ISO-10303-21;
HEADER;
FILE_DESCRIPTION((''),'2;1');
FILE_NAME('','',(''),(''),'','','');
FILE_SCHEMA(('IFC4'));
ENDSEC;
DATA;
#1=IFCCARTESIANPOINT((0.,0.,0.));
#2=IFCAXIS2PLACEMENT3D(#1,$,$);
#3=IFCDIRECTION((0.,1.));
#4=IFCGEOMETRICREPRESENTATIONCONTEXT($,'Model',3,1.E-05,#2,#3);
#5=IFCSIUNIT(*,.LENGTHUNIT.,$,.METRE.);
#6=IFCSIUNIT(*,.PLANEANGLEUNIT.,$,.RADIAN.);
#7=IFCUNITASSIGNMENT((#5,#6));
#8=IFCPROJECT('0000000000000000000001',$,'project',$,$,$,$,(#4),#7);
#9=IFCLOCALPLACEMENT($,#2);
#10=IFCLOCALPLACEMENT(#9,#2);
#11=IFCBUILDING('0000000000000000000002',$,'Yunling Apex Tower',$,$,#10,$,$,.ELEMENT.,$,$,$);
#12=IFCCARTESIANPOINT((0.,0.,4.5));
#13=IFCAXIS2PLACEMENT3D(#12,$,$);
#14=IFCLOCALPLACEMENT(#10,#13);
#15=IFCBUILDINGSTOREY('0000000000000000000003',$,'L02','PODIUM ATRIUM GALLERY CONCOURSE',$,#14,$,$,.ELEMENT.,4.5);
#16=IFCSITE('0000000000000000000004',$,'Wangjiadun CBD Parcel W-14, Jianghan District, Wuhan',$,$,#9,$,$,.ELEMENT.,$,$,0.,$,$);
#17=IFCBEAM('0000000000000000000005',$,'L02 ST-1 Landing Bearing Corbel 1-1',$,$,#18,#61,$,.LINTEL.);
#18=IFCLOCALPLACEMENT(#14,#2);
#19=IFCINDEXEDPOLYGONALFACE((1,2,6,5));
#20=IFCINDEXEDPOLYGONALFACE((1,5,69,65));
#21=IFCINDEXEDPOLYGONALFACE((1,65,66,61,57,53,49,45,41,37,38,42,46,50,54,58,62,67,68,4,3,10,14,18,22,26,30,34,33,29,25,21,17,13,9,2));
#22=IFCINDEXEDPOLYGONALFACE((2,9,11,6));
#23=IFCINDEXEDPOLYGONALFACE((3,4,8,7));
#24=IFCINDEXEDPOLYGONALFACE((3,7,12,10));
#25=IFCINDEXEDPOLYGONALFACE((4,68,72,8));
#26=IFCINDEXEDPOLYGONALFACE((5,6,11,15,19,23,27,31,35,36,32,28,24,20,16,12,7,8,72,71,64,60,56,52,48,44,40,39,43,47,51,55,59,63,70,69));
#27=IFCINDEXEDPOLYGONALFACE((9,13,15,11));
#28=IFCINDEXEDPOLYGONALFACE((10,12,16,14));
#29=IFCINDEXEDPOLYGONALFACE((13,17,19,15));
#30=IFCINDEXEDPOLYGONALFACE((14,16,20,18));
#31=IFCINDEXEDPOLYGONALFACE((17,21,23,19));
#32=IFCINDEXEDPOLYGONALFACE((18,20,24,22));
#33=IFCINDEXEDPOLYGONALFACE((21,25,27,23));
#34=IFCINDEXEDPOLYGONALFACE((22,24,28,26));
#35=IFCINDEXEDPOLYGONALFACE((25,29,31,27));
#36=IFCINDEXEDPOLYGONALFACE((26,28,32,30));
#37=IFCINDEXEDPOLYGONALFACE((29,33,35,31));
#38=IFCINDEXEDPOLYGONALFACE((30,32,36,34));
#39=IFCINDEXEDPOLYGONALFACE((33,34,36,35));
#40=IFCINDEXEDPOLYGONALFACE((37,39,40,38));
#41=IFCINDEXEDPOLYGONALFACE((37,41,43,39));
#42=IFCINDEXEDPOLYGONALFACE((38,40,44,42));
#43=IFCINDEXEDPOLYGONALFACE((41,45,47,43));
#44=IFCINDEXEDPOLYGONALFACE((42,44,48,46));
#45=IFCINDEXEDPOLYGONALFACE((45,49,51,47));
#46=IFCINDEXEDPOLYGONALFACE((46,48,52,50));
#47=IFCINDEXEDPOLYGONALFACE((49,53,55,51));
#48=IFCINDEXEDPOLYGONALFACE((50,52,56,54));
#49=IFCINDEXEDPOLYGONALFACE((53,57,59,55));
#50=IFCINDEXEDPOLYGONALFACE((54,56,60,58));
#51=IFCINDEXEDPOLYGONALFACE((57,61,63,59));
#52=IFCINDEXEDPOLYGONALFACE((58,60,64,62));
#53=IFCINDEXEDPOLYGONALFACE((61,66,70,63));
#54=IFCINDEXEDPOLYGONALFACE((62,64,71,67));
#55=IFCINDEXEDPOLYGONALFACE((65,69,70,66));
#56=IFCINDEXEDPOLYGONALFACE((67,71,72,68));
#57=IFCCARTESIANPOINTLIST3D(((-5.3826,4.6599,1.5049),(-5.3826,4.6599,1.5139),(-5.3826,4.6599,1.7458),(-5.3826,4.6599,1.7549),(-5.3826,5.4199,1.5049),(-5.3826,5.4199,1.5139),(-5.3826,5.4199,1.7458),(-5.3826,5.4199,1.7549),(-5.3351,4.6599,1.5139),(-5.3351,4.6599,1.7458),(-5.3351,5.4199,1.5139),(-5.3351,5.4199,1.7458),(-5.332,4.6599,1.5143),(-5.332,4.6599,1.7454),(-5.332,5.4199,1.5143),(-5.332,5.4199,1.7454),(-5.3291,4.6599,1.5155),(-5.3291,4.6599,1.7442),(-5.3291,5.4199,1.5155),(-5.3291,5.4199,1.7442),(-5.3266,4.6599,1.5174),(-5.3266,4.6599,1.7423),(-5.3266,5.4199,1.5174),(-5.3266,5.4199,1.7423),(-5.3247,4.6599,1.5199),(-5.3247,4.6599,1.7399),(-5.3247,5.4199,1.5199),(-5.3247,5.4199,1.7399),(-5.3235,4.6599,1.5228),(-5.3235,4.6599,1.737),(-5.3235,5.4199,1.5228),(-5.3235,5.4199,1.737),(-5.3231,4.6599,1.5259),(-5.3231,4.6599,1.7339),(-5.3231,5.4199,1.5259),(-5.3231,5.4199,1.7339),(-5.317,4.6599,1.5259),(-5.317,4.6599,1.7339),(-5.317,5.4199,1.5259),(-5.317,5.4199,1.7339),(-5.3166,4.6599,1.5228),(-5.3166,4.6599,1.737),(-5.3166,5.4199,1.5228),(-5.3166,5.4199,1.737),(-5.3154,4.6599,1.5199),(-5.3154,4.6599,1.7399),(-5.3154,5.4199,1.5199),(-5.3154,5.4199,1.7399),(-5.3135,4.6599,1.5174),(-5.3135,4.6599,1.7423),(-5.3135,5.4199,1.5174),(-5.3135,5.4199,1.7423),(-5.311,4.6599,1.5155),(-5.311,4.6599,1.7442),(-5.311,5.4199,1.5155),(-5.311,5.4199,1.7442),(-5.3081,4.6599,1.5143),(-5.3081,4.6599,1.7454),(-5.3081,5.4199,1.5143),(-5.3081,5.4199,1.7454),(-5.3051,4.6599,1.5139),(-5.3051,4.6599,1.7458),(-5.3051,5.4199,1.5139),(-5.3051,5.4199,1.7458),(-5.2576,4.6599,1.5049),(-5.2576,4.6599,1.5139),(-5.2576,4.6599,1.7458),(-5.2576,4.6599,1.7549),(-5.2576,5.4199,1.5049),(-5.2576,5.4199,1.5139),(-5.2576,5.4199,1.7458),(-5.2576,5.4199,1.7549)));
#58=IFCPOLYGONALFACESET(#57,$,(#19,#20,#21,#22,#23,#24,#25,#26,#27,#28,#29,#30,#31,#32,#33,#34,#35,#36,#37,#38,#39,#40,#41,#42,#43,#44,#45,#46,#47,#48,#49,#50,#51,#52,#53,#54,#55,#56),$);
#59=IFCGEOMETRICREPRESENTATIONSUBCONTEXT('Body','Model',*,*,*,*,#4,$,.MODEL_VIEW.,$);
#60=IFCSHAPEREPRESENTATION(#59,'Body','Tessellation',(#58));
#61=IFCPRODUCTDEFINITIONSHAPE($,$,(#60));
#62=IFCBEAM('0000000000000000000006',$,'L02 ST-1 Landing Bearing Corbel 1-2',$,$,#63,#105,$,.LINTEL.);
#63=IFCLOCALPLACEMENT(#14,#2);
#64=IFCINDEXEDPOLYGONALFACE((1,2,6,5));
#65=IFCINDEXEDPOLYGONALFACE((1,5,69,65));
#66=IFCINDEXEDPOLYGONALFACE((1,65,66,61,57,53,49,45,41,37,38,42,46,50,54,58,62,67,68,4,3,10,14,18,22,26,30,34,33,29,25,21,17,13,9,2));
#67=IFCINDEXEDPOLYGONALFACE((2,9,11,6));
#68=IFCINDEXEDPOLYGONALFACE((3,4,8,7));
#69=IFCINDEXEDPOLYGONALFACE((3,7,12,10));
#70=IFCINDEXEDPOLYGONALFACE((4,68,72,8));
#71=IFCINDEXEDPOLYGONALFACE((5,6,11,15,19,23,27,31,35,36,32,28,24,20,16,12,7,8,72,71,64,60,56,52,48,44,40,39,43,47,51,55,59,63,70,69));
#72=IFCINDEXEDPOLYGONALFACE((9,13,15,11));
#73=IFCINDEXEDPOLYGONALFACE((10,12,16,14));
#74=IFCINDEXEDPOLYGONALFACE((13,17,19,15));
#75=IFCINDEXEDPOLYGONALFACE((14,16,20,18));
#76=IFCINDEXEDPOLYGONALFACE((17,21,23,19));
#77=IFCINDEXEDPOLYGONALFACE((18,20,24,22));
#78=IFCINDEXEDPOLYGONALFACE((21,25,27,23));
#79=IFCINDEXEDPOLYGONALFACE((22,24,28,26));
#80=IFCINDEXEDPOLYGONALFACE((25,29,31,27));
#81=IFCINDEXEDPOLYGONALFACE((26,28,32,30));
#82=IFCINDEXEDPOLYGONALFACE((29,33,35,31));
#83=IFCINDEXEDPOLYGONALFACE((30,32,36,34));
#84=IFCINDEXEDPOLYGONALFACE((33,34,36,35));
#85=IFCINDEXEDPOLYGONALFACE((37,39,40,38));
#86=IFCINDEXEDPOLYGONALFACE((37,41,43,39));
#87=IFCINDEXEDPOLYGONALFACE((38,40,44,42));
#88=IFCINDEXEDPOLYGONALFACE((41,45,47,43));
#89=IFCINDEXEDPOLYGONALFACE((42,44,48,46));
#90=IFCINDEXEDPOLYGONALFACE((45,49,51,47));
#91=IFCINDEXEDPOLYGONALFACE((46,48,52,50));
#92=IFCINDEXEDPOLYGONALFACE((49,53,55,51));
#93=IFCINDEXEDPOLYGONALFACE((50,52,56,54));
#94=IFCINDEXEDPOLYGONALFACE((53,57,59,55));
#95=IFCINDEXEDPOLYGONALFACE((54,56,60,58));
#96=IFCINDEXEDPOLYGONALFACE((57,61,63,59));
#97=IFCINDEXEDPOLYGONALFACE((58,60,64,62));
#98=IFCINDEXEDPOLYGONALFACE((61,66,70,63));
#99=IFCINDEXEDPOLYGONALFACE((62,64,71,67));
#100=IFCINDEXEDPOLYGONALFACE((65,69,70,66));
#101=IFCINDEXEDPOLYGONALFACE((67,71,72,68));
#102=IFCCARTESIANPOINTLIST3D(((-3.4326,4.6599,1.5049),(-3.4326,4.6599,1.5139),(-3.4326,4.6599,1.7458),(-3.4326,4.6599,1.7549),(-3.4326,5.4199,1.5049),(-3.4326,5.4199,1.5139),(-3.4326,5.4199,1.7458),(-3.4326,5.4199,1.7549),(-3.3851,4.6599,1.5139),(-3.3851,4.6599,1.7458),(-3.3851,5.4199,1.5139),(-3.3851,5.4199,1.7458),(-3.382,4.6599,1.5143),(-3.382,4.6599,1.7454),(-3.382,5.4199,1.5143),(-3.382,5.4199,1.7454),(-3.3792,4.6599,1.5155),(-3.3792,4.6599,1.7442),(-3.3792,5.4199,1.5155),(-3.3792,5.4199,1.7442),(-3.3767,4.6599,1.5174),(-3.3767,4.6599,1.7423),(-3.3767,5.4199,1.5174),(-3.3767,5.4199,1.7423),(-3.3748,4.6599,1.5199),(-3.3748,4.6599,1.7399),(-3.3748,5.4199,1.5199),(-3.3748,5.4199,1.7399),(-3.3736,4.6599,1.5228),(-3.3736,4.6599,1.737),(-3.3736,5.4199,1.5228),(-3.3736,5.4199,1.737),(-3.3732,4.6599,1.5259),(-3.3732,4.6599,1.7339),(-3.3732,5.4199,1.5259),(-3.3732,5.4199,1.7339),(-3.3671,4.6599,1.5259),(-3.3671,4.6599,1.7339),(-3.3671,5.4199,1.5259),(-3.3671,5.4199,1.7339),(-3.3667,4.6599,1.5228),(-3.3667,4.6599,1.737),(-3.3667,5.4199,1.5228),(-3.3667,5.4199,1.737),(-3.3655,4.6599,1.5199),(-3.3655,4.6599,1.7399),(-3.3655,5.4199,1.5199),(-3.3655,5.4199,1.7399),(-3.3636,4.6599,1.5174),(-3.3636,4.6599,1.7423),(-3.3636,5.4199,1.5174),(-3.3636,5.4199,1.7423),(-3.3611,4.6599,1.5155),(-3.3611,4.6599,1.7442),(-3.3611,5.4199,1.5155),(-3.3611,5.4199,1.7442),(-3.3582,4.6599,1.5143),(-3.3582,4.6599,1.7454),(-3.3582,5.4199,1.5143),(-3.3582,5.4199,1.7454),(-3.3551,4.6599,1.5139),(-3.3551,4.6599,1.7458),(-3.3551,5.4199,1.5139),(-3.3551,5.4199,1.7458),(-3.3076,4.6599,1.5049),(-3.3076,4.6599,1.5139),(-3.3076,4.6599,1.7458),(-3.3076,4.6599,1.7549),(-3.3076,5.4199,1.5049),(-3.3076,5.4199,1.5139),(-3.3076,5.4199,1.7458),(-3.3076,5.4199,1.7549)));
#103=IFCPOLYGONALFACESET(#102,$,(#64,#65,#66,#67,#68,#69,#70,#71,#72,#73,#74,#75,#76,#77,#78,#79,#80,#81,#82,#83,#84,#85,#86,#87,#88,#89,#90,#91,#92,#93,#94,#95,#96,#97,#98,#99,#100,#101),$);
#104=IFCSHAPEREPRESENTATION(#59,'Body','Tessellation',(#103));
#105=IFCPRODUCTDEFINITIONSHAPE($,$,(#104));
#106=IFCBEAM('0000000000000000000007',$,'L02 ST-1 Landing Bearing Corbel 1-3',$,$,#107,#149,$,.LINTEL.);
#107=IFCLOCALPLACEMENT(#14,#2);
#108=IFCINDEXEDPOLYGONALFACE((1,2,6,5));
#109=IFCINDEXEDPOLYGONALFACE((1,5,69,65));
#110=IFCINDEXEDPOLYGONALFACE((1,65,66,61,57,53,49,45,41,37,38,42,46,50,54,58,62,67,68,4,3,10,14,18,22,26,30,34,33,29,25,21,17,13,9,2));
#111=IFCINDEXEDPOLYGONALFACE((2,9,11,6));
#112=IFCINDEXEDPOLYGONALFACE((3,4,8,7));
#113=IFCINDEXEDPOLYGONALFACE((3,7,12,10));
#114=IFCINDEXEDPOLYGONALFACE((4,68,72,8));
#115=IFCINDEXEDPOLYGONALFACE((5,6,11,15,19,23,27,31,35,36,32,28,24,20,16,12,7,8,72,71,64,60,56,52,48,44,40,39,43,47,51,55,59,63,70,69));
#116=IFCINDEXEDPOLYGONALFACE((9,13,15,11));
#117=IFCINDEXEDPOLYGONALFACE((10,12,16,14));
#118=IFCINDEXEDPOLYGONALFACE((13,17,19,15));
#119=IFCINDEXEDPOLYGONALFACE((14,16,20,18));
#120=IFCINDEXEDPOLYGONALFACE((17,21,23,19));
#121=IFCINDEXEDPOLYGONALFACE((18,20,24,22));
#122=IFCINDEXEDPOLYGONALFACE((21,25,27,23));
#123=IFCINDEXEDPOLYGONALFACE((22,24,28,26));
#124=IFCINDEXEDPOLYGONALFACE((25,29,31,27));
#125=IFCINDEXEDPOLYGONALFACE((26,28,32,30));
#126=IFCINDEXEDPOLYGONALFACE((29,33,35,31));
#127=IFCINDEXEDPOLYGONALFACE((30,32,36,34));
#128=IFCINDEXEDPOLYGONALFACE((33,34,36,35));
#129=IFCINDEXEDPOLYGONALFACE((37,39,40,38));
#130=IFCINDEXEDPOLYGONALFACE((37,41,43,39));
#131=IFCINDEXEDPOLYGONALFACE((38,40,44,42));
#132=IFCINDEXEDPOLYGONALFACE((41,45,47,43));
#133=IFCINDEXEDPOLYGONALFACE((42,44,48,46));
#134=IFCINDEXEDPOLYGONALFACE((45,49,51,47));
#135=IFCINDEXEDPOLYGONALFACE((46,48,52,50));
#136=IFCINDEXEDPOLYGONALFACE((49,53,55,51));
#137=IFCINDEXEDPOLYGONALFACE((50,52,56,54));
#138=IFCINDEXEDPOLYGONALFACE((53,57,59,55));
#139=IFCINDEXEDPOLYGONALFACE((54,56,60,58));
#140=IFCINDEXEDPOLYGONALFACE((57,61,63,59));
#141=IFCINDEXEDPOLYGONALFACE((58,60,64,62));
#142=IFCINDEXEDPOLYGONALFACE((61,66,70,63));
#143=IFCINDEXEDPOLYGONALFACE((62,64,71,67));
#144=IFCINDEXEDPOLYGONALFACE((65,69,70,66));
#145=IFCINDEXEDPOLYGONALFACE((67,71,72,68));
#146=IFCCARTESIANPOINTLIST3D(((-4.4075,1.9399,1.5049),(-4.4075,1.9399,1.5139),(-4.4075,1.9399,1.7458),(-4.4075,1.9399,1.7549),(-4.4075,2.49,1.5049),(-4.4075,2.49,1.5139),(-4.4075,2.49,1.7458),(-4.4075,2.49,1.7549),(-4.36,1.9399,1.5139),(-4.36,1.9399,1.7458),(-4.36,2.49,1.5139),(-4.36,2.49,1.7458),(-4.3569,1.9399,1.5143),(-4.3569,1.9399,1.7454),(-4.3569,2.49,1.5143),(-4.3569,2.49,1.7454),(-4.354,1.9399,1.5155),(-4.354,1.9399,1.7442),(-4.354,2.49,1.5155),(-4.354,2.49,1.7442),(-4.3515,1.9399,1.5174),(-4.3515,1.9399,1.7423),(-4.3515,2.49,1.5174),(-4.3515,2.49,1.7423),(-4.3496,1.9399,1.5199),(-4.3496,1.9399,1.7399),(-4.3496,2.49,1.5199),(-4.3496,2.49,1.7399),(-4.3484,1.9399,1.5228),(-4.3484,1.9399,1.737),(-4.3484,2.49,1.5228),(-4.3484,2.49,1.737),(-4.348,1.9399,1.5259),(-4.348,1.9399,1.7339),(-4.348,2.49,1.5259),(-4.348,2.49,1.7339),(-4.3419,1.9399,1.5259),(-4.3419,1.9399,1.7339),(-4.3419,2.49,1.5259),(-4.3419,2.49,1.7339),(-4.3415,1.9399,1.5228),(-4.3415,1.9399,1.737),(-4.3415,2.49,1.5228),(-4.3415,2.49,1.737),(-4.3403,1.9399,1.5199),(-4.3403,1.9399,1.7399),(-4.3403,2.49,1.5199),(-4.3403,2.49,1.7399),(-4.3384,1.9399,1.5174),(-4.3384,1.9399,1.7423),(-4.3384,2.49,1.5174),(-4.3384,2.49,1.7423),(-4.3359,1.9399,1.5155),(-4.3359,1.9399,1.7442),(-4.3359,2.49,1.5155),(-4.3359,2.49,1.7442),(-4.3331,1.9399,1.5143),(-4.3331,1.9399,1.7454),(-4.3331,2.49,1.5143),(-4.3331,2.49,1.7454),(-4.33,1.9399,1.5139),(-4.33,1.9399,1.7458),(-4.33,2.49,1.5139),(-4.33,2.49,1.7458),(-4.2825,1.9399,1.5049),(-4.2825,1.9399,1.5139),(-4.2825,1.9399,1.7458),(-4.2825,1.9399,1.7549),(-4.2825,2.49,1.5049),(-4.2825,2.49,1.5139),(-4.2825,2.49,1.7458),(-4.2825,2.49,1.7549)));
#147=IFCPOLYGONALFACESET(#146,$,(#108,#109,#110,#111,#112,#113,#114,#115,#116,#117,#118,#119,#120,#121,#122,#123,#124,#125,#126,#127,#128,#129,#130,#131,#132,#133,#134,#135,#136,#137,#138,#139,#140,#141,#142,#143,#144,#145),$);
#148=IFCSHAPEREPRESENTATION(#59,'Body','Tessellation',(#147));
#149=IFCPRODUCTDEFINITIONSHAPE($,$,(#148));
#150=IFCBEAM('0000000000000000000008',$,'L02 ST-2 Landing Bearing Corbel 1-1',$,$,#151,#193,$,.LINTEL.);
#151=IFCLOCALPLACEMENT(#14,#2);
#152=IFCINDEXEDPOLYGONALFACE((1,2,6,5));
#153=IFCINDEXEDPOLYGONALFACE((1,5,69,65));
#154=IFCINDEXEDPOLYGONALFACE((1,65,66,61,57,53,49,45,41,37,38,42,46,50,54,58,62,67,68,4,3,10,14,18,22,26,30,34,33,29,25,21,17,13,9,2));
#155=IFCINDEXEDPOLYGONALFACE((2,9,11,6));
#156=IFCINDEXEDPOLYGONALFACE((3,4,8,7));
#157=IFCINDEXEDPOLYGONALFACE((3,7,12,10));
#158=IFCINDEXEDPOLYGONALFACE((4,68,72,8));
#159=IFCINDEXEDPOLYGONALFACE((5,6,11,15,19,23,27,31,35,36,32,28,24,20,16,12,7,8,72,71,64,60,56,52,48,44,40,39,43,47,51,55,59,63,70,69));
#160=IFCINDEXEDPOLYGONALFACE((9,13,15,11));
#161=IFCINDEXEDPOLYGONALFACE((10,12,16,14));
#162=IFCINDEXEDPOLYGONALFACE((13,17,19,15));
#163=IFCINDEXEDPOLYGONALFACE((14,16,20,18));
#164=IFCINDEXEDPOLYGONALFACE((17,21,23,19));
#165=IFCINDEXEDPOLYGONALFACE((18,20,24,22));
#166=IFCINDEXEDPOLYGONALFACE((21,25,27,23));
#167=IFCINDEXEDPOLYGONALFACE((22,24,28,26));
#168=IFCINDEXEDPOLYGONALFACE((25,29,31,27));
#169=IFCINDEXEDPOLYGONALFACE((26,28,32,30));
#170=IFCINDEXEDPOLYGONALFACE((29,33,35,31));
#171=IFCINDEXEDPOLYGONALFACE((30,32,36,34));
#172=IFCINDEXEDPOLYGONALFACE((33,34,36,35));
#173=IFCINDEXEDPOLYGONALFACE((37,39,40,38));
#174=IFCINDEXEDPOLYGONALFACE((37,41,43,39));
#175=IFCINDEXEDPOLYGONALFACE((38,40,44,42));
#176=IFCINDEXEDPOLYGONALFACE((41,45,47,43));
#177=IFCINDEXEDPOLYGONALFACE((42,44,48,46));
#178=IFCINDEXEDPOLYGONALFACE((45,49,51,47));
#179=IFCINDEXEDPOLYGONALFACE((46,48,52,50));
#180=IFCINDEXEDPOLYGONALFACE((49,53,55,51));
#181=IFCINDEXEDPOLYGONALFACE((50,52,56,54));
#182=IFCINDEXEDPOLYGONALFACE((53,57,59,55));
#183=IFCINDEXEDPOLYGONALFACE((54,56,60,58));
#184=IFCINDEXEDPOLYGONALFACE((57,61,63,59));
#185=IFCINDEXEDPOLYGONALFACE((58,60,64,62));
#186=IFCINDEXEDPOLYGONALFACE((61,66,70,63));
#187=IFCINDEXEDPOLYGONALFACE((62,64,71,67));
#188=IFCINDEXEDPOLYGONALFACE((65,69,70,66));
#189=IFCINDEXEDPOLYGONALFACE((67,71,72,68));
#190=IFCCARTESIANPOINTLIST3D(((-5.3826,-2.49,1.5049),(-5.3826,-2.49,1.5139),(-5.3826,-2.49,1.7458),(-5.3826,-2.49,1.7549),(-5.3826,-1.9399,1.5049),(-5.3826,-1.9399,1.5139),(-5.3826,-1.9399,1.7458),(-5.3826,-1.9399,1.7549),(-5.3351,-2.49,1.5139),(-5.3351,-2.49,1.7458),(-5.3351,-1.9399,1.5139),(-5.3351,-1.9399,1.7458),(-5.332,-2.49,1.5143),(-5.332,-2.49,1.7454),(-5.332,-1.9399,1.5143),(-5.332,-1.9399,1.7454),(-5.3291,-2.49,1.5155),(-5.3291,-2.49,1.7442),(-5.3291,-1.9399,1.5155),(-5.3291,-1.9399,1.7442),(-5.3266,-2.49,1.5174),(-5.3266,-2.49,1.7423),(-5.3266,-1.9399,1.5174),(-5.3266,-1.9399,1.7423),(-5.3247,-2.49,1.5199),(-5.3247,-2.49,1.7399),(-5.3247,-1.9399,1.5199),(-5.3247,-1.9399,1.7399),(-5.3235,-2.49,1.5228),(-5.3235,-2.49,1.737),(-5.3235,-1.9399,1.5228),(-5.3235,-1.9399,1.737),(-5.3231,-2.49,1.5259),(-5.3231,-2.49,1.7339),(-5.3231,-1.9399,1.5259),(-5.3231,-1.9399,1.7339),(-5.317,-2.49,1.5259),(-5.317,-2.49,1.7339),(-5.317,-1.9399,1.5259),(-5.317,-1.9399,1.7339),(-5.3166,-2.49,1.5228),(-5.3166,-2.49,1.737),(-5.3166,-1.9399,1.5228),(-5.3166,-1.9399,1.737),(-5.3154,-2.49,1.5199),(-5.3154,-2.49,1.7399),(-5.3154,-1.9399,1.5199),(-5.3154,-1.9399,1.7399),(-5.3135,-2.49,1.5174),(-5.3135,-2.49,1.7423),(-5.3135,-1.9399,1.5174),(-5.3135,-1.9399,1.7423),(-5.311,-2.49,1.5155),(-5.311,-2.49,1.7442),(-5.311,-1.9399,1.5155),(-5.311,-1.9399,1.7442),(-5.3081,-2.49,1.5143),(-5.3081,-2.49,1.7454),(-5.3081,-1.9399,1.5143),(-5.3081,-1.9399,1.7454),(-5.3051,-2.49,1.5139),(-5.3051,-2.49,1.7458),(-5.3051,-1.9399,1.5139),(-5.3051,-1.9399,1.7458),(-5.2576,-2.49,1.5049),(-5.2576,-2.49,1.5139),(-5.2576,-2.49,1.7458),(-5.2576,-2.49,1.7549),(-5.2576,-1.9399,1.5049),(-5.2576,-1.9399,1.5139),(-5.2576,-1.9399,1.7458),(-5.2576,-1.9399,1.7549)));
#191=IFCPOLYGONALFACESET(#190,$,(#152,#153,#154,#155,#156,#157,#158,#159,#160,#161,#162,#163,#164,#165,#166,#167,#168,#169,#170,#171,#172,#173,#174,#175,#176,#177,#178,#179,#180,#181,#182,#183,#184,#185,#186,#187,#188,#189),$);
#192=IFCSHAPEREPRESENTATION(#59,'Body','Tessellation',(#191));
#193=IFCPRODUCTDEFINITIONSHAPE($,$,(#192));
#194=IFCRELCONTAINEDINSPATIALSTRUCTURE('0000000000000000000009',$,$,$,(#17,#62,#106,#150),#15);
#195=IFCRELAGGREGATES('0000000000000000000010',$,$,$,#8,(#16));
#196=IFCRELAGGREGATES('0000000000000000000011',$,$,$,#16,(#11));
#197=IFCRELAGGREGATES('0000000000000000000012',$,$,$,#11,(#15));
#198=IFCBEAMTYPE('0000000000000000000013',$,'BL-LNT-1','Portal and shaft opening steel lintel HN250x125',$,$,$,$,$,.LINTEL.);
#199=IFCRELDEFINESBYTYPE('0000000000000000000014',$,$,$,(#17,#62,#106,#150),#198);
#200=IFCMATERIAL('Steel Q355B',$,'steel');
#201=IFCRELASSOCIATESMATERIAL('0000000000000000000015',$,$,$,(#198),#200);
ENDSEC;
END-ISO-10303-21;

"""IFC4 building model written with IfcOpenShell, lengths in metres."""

from ifc_helpers import new_model, si_unit, direction, frame, origin, origin_2d, place, context, subcontext, project, spatial, i_section, extrude, source, transform, mapped, material, material_profile, profile_set, type_object, element, save


model = new_model("IFC4")

# Units and contexts
model_context = context("Model", 3, precision=1e-05, world=origin(), true_north=direction((0.0, 1.0)))
body_context = subcontext(model_context, "Body", "Model", "MODEL_VIEW")
ifc_project = project(units=[si_unit("LENGTHUNIT", "METRE"), si_unit("PLANEANGLEUNIT", "RADIAN")], contexts=[model_context])

# Site, building, storey
site_placement = place(None, origin())
site = spatial("IfcSite", under=ifc_project, at=site_placement, Name="Wangjiadun CBD Parcel W-14, Jianghan District, Wuhan", CompositionType="ELEMENT", RefElevation=0.0)
building_placement = place(site_placement, origin())
building = spatial("IfcBuilding", under=site, at=building_placement, Name="Yunling Apex Tower", CompositionType="ELEMENT")
storey_placement = place(building_placement, frame((0.0, 0.0, 4.5)))
storey = spatial("IfcBuildingStorey", under=building, at=storey_placement, Name="L02", Description="PODIUM ATRIUM GALLERY CONCOURSE", CompositionType="ELEMENT", Elevation=4.5)

# Beams
ifc_material_1 = material(Name="Steel Q355B", Category="steel")
ifc_material_profile = material_profile(ifc_material_1, i_section(OverallWidth=0.125, OverallDepth=0.25, WebThickness=0.0061, FlangeThickness=0.009, FilletRadius=0.012, at=origin_2d()))
ifc_profile_set = profile_set([ifc_material_profile], Name="Steel Q355B")
beam_type = type_object("IfcBeamType", Name="BL-LNT-1", Description="Portal and shaft opening steel lintel HN250x125", PredefinedType="LINTEL", material=ifc_profile_set)
shared_shape_1 = source(origin(), body_context, "Body", "SweptSolid", [
    extrude(i_section(OverallWidth=0.125, OverallDepth=0.25, WebThickness=0.0061, FlangeThickness=0.009, FilletRadius=0.012, at=origin_2d()), origin(), (0.0, 0.0, 1.0), 0.76),
])
for number, where, z_axis, x_axis, name in (
    (1, (-5.3201, 5.4199, 1.6299), (0.0, -1.0, 0.0), (1.0, 0.0, 0.0), "L02 ST-1 Landing Bearing Corbel 1-1"),
    (2, (-3.3701, 5.4199, 1.6299), (0.0, -1.0, 0.0), (1.0, 0.0, 0.0), "L02 ST-1 Landing Bearing Corbel 1-2"),
):
    element("IfcBeam", number, at=place(storey_placement, frame(where, z_axis=z_axis, x_axis=x_axis)), inside=storey, type_object=beam_type, Name=name, PredefinedType="LINTEL", context=body_context, shape_type="MappedRepresentation", body=[
        mapped(shared_shape_1, transform((0.0, 0.0, 0.0), scale=1.0)),
    ])
shared_shape_2 = source(origin(), body_context, "Body", "SweptSolid", [
    extrude(i_section(OverallWidth=0.125, OverallDepth=0.25, WebThickness=0.0061, FlangeThickness=0.009, FilletRadius=0.012, at=origin_2d()), origin(), (0.0, 0.0, 1.0), 0.55),
])
for number, where, z_axis, x_axis, name in (
    (3, (-4.345, 1.9399, 1.6299), (0.0, 1.0, 0.0), (-1.0, 0.0, 0.0), "L02 ST-1 Landing Bearing Corbel 1-3"),
    (4, (-5.3201, -1.9399, 1.6299), (0.0, -1.0, 0.0), (1.0, 0.0, 0.0), "L02 ST-2 Landing Bearing Corbel 1-1"),
):
    element("IfcBeam", number, at=place(storey_placement, frame(where, z_axis=z_axis, x_axis=x_axis)), inside=storey, type_object=beam_type, Name=name, PredefinedType="LINTEL", context=body_context, shape_type="MappedRepresentation", body=[
        mapped(shared_shape_2, transform((0.0, 0.0, 0.0), scale=1.0)),
    ])

save(model, "model.ifc")
